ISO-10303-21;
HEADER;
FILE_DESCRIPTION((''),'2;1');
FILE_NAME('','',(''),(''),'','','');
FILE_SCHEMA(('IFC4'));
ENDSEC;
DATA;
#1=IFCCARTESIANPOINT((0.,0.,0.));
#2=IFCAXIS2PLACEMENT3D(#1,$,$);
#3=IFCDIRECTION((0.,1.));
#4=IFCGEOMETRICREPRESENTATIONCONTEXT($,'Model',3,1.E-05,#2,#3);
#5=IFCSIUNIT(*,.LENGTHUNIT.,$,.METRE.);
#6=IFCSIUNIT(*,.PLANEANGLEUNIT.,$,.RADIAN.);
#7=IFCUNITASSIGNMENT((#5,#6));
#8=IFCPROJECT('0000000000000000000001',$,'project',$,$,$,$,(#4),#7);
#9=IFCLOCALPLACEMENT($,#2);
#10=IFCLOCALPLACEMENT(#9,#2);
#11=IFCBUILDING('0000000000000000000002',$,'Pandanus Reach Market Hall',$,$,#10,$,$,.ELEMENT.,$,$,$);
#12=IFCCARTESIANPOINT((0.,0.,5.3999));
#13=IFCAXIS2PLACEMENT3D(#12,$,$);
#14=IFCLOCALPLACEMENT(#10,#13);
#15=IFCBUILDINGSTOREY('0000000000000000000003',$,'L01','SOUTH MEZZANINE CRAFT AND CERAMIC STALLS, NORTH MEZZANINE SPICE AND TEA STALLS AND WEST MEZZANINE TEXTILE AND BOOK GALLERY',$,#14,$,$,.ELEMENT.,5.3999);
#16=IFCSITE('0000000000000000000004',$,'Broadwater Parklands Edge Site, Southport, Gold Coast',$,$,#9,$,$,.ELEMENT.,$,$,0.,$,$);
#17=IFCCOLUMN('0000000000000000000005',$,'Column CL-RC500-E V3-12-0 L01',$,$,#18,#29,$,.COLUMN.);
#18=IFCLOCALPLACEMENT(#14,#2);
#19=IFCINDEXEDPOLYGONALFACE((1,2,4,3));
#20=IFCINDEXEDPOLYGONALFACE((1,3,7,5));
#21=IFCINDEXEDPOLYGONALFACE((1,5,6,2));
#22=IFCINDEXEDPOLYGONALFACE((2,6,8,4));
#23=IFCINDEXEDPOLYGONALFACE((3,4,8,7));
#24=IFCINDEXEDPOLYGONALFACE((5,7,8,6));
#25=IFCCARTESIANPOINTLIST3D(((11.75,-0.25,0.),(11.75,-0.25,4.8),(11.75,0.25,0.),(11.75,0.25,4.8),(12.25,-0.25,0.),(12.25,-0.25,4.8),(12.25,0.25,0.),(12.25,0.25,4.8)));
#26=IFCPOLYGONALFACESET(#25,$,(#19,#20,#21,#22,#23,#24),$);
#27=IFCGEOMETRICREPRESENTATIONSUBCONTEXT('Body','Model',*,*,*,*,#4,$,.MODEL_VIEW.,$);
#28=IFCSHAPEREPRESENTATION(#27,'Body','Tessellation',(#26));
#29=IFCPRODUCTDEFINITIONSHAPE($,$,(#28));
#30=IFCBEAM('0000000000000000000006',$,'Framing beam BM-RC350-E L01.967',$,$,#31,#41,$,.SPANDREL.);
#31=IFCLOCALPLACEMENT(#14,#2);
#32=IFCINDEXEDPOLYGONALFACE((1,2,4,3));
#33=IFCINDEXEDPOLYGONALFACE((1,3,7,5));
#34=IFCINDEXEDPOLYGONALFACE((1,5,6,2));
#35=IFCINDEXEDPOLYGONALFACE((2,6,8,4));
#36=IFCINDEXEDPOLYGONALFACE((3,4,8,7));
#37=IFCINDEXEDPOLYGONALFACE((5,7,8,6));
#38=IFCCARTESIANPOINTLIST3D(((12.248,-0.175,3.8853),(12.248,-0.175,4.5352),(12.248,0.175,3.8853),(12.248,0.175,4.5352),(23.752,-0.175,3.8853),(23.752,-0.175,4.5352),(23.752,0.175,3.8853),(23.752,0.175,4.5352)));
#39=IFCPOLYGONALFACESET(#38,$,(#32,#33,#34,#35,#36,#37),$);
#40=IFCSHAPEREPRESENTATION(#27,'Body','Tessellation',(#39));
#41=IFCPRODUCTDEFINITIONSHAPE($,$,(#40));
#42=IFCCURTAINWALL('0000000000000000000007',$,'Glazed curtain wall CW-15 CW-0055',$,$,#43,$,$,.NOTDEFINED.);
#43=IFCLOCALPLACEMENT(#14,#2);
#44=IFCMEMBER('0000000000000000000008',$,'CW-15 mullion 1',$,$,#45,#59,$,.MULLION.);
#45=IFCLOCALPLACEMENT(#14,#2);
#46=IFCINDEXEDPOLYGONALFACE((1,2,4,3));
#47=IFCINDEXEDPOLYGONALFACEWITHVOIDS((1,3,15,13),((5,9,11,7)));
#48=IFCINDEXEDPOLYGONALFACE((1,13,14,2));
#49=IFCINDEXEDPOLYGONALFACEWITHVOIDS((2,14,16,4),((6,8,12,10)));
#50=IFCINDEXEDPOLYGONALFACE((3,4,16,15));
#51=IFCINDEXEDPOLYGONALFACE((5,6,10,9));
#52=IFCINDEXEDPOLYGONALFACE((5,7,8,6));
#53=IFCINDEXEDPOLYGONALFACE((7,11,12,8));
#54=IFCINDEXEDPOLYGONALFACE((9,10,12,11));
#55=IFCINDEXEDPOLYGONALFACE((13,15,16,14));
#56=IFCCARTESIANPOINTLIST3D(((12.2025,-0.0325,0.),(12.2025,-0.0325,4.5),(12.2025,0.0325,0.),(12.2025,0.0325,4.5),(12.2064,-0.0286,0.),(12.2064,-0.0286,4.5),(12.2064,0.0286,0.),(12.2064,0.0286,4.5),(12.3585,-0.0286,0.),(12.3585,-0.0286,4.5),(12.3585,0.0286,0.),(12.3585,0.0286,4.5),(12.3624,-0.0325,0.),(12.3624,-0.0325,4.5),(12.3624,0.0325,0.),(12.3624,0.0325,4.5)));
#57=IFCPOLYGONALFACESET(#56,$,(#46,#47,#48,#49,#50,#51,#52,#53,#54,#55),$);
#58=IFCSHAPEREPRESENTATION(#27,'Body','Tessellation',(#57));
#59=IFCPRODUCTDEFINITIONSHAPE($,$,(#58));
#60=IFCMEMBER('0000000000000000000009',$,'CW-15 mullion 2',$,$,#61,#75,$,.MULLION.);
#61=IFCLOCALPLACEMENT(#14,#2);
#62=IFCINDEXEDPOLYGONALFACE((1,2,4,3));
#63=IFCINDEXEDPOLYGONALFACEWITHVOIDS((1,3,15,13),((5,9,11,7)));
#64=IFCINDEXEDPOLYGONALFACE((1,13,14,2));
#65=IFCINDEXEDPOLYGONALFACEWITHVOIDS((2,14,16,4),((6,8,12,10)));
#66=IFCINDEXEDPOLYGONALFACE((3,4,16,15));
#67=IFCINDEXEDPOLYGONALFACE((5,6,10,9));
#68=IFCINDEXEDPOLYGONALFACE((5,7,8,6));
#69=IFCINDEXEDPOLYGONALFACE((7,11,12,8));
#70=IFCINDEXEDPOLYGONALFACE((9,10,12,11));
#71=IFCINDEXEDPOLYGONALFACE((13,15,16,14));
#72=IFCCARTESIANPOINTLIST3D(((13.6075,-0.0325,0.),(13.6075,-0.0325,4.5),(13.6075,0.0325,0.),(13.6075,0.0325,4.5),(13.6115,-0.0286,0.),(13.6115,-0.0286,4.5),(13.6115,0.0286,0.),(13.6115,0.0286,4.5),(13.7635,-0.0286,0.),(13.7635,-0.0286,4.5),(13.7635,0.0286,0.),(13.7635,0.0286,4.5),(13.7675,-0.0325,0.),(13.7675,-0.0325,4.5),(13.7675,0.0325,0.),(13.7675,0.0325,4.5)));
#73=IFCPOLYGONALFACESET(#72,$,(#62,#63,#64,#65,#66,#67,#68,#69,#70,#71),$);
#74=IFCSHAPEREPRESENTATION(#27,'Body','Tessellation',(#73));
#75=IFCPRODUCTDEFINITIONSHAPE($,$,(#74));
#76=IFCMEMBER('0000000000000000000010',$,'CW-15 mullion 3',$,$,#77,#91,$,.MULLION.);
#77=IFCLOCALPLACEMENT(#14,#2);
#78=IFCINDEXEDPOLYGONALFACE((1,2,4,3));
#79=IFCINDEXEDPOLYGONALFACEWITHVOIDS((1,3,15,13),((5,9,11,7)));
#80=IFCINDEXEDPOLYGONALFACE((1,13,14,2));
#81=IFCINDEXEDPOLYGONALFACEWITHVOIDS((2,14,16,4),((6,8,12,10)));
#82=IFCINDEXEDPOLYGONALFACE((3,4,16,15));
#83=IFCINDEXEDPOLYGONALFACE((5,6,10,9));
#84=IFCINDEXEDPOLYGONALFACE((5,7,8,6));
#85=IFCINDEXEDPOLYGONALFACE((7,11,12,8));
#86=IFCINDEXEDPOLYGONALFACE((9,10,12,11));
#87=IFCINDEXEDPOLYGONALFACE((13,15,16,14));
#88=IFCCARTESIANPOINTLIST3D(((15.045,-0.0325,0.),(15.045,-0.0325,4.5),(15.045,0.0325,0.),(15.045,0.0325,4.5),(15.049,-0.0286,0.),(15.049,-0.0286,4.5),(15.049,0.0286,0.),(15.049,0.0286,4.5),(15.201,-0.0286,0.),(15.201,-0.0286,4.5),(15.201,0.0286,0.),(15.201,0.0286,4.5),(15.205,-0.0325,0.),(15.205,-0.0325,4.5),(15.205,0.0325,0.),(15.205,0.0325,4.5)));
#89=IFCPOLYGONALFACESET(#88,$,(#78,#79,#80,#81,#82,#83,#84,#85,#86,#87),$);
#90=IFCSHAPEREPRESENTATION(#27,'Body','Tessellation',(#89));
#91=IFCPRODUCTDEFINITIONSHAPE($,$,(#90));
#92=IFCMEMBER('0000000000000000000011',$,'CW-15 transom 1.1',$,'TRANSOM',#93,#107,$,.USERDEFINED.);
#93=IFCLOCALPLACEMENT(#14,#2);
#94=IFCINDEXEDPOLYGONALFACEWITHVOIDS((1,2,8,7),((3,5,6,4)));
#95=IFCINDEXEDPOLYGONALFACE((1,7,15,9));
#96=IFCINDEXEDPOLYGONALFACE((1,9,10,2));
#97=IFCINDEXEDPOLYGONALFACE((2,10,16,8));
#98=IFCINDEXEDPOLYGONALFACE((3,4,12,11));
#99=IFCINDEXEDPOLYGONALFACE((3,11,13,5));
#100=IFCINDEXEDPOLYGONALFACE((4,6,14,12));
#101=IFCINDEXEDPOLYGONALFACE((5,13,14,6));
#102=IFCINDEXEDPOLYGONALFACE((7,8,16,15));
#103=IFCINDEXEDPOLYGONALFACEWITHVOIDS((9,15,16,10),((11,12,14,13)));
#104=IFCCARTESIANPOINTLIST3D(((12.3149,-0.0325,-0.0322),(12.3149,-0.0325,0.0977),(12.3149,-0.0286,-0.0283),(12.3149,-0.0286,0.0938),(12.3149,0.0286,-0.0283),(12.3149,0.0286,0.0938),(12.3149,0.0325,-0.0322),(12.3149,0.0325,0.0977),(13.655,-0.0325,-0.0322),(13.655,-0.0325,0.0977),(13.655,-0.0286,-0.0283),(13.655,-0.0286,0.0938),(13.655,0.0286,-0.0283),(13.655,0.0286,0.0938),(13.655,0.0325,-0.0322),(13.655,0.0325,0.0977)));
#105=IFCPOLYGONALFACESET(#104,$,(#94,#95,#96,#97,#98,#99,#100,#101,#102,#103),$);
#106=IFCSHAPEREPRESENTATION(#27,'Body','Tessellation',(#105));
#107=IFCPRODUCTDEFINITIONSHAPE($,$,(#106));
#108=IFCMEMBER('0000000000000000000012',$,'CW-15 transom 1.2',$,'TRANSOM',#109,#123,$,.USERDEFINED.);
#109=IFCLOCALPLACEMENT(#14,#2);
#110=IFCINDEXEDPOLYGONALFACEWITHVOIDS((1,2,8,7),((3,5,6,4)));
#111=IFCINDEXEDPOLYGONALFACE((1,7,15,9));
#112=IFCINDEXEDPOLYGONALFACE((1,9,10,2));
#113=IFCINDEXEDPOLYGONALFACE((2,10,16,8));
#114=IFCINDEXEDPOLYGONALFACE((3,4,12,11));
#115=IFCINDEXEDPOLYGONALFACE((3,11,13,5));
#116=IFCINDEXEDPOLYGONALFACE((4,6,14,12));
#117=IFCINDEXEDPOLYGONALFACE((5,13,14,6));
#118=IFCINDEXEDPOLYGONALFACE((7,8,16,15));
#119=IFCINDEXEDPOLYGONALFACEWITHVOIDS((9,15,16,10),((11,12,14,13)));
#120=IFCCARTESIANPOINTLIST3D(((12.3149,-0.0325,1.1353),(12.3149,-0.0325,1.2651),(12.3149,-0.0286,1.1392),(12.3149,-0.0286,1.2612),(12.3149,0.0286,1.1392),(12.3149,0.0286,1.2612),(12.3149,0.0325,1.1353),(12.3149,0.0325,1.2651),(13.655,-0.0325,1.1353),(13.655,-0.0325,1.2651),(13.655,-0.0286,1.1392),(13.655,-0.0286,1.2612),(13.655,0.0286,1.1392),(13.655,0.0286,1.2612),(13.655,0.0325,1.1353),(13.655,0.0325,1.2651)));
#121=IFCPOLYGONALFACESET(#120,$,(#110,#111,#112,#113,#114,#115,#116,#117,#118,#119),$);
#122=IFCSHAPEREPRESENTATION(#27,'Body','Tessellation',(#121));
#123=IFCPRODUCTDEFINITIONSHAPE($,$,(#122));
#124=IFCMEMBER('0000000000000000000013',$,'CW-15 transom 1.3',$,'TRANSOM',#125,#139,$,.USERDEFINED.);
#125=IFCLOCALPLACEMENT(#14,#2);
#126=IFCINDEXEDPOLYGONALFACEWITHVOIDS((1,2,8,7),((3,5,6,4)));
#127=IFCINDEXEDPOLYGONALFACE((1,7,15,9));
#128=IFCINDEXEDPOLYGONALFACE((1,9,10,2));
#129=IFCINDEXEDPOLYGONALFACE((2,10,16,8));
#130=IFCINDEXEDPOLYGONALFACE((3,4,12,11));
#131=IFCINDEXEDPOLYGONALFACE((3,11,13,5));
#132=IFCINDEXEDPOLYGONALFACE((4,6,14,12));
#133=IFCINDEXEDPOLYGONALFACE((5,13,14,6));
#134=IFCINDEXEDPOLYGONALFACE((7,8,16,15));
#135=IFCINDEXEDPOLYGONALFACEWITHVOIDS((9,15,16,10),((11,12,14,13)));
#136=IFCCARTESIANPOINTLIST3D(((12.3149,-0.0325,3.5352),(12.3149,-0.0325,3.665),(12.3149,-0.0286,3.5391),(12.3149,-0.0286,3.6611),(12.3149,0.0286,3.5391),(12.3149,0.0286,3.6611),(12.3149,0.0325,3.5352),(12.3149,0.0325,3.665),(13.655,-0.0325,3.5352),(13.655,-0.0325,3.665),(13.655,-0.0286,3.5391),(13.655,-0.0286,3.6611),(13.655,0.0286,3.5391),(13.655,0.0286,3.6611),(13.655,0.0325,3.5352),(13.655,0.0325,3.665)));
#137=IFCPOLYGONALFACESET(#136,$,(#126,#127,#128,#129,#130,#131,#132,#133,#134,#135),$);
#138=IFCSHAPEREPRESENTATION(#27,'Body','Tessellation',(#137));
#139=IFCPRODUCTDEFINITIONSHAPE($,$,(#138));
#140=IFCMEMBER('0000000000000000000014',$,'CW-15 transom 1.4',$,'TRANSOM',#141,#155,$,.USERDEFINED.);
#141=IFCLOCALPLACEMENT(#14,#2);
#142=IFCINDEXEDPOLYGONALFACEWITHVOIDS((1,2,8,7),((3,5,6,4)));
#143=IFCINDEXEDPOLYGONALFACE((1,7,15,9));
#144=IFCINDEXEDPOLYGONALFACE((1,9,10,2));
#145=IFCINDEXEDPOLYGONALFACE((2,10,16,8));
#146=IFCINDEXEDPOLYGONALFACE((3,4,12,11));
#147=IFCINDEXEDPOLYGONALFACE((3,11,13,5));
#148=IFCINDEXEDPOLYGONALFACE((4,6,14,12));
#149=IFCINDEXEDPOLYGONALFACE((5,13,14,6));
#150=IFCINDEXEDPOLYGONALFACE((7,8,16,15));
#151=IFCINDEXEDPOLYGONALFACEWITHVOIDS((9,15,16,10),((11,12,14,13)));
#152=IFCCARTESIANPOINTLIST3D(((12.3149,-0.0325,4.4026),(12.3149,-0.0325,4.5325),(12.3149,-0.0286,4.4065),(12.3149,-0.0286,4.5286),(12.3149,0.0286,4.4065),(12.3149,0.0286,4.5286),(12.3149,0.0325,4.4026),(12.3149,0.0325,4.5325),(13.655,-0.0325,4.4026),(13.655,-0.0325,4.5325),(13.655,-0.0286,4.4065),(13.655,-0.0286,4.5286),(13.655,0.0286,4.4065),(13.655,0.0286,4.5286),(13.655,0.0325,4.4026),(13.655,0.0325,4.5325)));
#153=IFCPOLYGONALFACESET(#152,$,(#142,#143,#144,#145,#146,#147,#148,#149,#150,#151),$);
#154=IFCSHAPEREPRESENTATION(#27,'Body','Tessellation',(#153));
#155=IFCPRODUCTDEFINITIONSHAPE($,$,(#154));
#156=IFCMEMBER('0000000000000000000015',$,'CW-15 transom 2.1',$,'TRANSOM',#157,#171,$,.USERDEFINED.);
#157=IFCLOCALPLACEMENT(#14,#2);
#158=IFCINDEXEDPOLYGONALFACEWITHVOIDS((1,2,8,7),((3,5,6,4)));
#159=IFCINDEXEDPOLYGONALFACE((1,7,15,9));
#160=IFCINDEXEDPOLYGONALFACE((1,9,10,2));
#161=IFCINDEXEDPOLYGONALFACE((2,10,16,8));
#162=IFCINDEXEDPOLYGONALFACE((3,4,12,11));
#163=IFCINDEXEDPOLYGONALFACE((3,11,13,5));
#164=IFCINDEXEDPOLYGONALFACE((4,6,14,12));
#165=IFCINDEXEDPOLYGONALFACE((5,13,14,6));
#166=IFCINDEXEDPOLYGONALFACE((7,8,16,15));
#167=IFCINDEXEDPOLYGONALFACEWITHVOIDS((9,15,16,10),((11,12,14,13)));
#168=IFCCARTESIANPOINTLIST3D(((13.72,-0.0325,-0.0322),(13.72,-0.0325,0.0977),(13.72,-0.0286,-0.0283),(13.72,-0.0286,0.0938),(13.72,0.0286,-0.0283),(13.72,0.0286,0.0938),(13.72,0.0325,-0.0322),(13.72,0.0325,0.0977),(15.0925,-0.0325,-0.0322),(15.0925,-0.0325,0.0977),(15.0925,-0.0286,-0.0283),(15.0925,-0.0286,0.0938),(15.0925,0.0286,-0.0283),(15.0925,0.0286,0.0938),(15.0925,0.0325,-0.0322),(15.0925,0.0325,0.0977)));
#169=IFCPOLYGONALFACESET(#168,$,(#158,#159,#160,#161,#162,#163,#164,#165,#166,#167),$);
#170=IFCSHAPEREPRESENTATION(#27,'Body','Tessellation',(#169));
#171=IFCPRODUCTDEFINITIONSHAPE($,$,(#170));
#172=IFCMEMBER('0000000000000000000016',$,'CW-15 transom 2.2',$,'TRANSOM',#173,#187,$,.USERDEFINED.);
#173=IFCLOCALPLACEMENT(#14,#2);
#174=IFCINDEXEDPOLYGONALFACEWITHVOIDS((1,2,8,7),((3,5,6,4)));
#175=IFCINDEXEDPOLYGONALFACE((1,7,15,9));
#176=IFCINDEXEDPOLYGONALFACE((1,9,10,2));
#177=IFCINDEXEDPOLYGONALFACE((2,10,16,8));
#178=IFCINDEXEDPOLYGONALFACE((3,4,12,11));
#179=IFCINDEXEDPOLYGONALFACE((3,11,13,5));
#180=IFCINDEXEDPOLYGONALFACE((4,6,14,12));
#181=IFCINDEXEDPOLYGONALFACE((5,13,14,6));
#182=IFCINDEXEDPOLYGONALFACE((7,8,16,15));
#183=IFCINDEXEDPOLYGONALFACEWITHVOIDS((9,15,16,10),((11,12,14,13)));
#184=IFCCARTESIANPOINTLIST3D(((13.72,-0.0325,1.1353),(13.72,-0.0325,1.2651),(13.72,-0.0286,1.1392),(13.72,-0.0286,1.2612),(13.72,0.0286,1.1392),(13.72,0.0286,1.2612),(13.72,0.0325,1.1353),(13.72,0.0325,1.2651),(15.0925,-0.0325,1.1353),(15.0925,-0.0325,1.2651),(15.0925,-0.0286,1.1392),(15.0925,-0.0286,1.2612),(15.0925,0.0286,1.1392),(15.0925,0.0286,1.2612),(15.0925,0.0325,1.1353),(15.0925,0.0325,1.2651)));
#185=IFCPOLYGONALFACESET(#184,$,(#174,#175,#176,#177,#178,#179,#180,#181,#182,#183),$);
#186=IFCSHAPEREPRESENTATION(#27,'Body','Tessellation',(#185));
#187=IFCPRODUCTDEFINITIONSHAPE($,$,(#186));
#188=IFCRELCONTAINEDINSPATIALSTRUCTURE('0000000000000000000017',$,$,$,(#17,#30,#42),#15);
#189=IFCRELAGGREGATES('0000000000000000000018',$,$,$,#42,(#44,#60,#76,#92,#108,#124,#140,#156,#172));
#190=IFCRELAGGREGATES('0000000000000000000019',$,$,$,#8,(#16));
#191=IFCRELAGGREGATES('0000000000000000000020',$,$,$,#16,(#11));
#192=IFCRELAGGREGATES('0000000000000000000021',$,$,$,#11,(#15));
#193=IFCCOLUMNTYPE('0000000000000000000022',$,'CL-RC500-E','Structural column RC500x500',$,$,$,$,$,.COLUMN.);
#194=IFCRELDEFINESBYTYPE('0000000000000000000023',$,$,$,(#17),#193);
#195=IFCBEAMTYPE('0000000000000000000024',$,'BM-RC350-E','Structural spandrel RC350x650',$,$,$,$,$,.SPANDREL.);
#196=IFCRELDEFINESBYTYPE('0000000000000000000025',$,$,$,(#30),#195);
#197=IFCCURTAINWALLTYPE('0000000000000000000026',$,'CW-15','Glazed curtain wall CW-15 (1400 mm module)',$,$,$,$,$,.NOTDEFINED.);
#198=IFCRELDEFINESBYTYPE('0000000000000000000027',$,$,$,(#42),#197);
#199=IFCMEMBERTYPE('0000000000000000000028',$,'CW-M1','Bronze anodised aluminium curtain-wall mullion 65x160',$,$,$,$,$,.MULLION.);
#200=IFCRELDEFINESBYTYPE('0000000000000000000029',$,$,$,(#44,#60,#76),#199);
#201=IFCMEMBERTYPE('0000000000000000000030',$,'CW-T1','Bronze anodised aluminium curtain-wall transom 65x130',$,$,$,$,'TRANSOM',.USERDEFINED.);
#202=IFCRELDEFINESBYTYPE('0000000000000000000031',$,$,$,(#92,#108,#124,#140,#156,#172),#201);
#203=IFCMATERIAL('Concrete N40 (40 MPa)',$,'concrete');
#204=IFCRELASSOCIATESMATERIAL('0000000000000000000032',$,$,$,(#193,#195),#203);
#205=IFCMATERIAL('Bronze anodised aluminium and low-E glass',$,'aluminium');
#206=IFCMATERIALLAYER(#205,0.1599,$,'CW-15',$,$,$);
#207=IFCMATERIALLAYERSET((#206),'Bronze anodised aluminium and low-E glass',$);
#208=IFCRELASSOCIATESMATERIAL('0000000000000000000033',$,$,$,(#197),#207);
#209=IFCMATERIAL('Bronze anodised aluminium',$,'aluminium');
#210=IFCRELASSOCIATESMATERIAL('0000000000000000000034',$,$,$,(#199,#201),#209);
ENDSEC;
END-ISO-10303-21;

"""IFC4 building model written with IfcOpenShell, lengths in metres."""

from ifc_helpers import new_model, si_unit, direction, frame, origin, origin_2d, place, context, subcontext, project, spatial, rectangle, hollow_rectangle, extrude, material, layer, layer_set, material_profile, profile_set, type_object, element, aggregate, save


model = new_model("IFC4")

# Units and contexts
model_context = context("Model", 3, precision=1e-05, world=origin(), true_north=direction((0.0, 1.0)))
body_context = subcontext(model_context, "Body", "Model", "MODEL_VIEW")
ifc_project = project(units=[si_unit("LENGTHUNIT", "METRE"), si_unit("PLANEANGLEUNIT", "RADIAN")], contexts=[model_context])

# Site, building, storey
site_placement = place(None, origin())
site = spatial("IfcSite", under=ifc_project, at=site_placement, Name="Broadwater Parklands Edge Site, Southport, Gold Coast", CompositionType="ELEMENT", RefElevation=0.0)
building_placement = place(site_placement, origin())
building = spatial("IfcBuilding", under=site, at=building_placement, Name="Pandanus Reach Market Hall", CompositionType="ELEMENT")
storey_placement = place(building_placement, frame((0.0, 0.0, 5.3999)))
storey = spatial("IfcBuildingStorey", under=building, at=storey_placement, Name="L01", Description="SOUTH MEZZANINE CRAFT AND CERAMIC STALLS, NORTH MEZZANINE SPICE AND TEA STALLS AND WEST MEZZANINE TEXTILE AND BOOK GALLERY", CompositionType="ELEMENT", Elevation=5.3999)

# Column
ifc_material_1 = material(Name="Concrete N40 (40 MPa)", Category="concrete")
ifc_material_profile_1 = material_profile(ifc_material_1, rectangle(XDim=0.5, YDim=0.5, at=origin_2d()), Name="RC500x500", Category="LoadBearing")
ifc_profile_set_1 = profile_set([ifc_material_profile_1], Name="Concrete N40 (40 MPa)")
column_type = type_object("IfcColumnType", Name="CL-RC500-E", Description="Structural column RC500x500", PredefinedType="COLUMN", material=ifc_profile_set_1)
column_placement = place(storey_placement, frame((12.0, 0.0, 0.0), z_axis=(0.0, 0.0, 1.0), x_axis=(1.0, 0.0, 0.0)))
element("IfcColumn", 1, at=column_placement, inside=storey, type_object=column_type, Name="Column CL-RC500-E V3-12-0 L01", PredefinedType="COLUMN", context=body_context, shape_type="SweptSolid", body=[
    extrude(rectangle(XDim=0.5, YDim=0.5, at=origin_2d()), origin(), (0.0, 0.0, 1.0), 4.8),
])

# Beam
ifc_material_profile_2 = material_profile(ifc_material_1, rectangle(XDim=0.3501, YDim=0.6499, at=origin_2d()), Name="RC350x650", Category="LoadBearing")
ifc_profile_set_2 = profile_set([ifc_material_profile_2], Name="Concrete N40 (40 MPa)")
beam_type = type_object("IfcBeamType", Name="BM-RC350-E", Description="Structural spandrel RC350x650", PredefinedType="SPANDREL", material=ifc_profile_set_2)
beam_placement = place(storey_placement, frame((12.248, 0.0, 4.2102), z_axis=(1.0, 0.0, 0.0), x_axis=(0.0, 1.0, 0.0)))
element("IfcBeam", 2, at=beam_placement, inside=storey, type_object=beam_type, Name="Framing beam BM-RC350-E L01.967", PredefinedType="SPANDREL", context=body_context, shape_type="SweptSolid", body=[
    extrude(rectangle(XDim=0.3501, YDim=0.6499, at=origin_2d()), origin(), (0.0, 0.0, 1.0), 11.5039),
])

# Curtain wall, members
ifc_material_2 = material(Name="Bronze anodised aluminium and low-E glass", Category="aluminium")
ifc_layer_1 = layer(ifc_material_2, 0.1599, Name="CW-15")
ifc_layer_set_1 = layer_set([ifc_layer_1], Name="Bronze anodised aluminium and low-E glass")
curtain_wall_type = type_object("IfcCurtainWallType", Name="CW-15", Description="Glazed curtain wall CW-15 (1400 mm module)", PredefinedType="NOTDEFINED", material=ifc_layer_set_1)
curtain_wall_placement = place(storey_placement, origin())
curtain_wall = element("IfcCurtainWall", 3, at=curtain_wall_placement, inside=storey, type_object=curtain_wall_type, Name="Glazed curtain wall CW-15 CW-0055", PredefinedType="NOTDEFINED")
ifc_material_3 = material(Name="Bronze anodised aluminium", Category="aluminium")
ifc_material_profile_3 = material_profile(ifc_material_3, hollow_rectangle(XDim=0.0649, YDim=0.1599, WallThickness=0.0039, at=origin_2d()), Name="ALU65x160", Category="LoadBearing")
ifc_profile_set_3 = profile_set([ifc_material_profile_3], Name="Bronze anodised aluminium")
member_type_1 = type_object("IfcMemberType", Name="CW-M1", Description="Bronze anodised aluminium curtain-wall mullion 65x160", PredefinedType="MULLION", material=ifc_profile_set_3)
member_1_placement = place(storey_placement, frame((12.2825, 0.0, 0.0), z_axis=(0.0, 0.0, 1.0), x_axis=(0.0, 1.0, 0.0)))
member_1 = element("IfcMember", 4, at=member_1_placement, type_object=member_type_1, Name="CW-15 mullion 1", PredefinedType="MULLION", context=body_context, shape_type="SweptSolid", body=[
    extrude(hollow_rectangle(XDim=0.0649, YDim=0.1599, WallThickness=0.0039, at=origin_2d()), origin(), (0.0, 0.0, 1.0), 4.5),
])
member_2_placement = place(storey_placement, frame((13.6875, 0.0, 0.0), z_axis=(0.0, 0.0, 1.0), x_axis=(0.0, 1.0, 0.0)))
member_2 = element("IfcMember", 5, at=member_2_placement, type_object=member_type_1, Name="CW-15 mullion 2", PredefinedType="MULLION", context=body_context, shape_type="SweptSolid", body=[
    extrude(hollow_rectangle(XDim=0.0649, YDim=0.1599, WallThickness=0.0039, at=origin_2d()), origin(), (0.0, 0.0, 1.0), 4.5),
])
member_3_placement = place(storey_placement, frame((15.125, 0.0, 0.0), z_axis=(0.0, 0.0, 1.0), x_axis=(0.0, 1.0, 0.0)))
member_3 = element("IfcMember", 6, at=member_3_placement, type_object=member_type_1, Name="CW-15 mullion 3", PredefinedType="MULLION", context=body_context, shape_type="SweptSolid", body=[
    extrude(hollow_rectangle(XDim=0.0649, YDim=0.1599, WallThickness=0.0039, at=origin_2d()), origin(), (0.0, 0.0, 1.0), 4.5),
])
ifc_material_profile_4 = material_profile(ifc_material_3, hollow_rectangle(XDim=0.0649, YDim=0.1299, WallThickness=0.0039, at=origin_2d()), Name="ALU65x130", Category="LoadBearing")
ifc_profile_set_4 = profile_set([ifc_material_profile_4], Name="Bronze anodised aluminium")
member_type_2 = type_object("IfcMemberType", Name="CW-T1", Description="Bronze anodised aluminium curtain-wall transom 65x130", ElementType="TRANSOM", PredefinedType="USERDEFINED", material=ifc_profile_set_4)
member_4_placement = place(storey_placement, frame((12.3149, 0.0, 0.0327), z_axis=(1.0, 0.0, 0.0), x_axis=(0.0, 1.0, 0.0)))
member_4 = element("IfcMember", 7, at=member_4_placement, type_object=member_type_2, Name="CW-15 transom 1.1", ObjectType="TRANSOM", PredefinedType="USERDEFINED", context=body_context, shape_type="SweptSolid", body=[
    extrude(hollow_rectangle(XDim=0.0649, YDim=0.1299, WallThickness=0.0039, at=origin_2d()), origin(), (0.0, 0.0, 1.0), 1.3401),
])
member_5_placement = place(storey_placement, frame((12.3149, 0.0, 1.2002), z_axis=(1.0, 0.0, 0.0), x_axis=(0.0, 1.0, 0.0)))
member_5 = element("IfcMember", 8, at=member_5_placement, type_object=member_type_2, Name="CW-15 transom 1.2", ObjectType="TRANSOM", PredefinedType="USERDEFINED", context=body_context, shape_type="SweptSolid", body=[
    extrude(hollow_rectangle(XDim=0.0649, YDim=0.1299, WallThickness=0.0039, at=origin_2d()), origin(), (0.0, 0.0, 1.0), 1.3401),
])
member_6_placement = place(storey_placement, frame((12.3149, 0.0, 3.6001), z_axis=(1.0, 0.0, 0.0), x_axis=(0.0, 1.0, 0.0)))
member_6 = element("IfcMember", 9, at=member_6_placement, type_object=member_type_2, Name="CW-15 transom 1.3", ObjectType="TRANSOM", PredefinedType="USERDEFINED", context=body_context, shape_type="SweptSolid", body=[
    extrude(hollow_rectangle(XDim=0.0649, YDim=0.1299, WallThickness=0.0039, at=origin_2d()), origin(), (0.0, 0.0, 1.0), 1.3401),
])
member_7_placement = place(storey_placement, frame((12.3149, 0.0, 4.4675), z_axis=(1.0, 0.0, 0.0), x_axis=(0.0, 1.0, 0.0)))
member_7 = element("IfcMember", 10, at=member_7_placement, type_object=member_type_2, Name="CW-15 transom 1.4", ObjectType="TRANSOM", PredefinedType="USERDEFINED", context=body_context, shape_type="SweptSolid", body=[
    extrude(hollow_rectangle(XDim=0.0649, YDim=0.1299, WallThickness=0.0039, at=origin_2d()), origin(), (0.0, 0.0, 1.0), 1.3401),
])
member_8_placement = place(storey_placement, frame((13.72, 0.0, 0.0327), z_axis=(1.0, 0.0, 0.0), x_axis=(0.0, 1.0, 0.0)))
member_8 = element("IfcMember", 11, at=member_8_placement, type_object=member_type_2, Name="CW-15 transom 2.1", ObjectType="TRANSOM", PredefinedType="USERDEFINED", context=body_context, shape_type="SweptSolid", body=[
    extrude(hollow_rectangle(XDim=0.0649, YDim=0.1299, WallThickness=0.0039, at=origin_2d()), origin(), (0.0, 0.0, 1.0), 1.3726),
])
member_9_placement = place(storey_placement, frame((13.72, 0.0, 1.2002), z_axis=(1.0, 0.0, 0.0), x_axis=(0.0, 1.0, 0.0)))
member_9 = element("IfcMember", 12, at=member_9_placement, type_object=member_type_2, Name="CW-15 transom 2.2", ObjectType="TRANSOM", PredefinedType="USERDEFINED", context=body_context, shape_type="SweptSolid", body=[
    extrude(hollow_rectangle(XDim=0.0649, YDim=0.1299, WallThickness=0.0039, at=origin_2d()), origin(), (0.0, 0.0, 1.0), 1.3726),
])
aggregate(curtain_wall, [member_1, member_2, member_3, member_4, member_5, member_6, member_7, member_8, member_9])

save(model, "model.ifc")
